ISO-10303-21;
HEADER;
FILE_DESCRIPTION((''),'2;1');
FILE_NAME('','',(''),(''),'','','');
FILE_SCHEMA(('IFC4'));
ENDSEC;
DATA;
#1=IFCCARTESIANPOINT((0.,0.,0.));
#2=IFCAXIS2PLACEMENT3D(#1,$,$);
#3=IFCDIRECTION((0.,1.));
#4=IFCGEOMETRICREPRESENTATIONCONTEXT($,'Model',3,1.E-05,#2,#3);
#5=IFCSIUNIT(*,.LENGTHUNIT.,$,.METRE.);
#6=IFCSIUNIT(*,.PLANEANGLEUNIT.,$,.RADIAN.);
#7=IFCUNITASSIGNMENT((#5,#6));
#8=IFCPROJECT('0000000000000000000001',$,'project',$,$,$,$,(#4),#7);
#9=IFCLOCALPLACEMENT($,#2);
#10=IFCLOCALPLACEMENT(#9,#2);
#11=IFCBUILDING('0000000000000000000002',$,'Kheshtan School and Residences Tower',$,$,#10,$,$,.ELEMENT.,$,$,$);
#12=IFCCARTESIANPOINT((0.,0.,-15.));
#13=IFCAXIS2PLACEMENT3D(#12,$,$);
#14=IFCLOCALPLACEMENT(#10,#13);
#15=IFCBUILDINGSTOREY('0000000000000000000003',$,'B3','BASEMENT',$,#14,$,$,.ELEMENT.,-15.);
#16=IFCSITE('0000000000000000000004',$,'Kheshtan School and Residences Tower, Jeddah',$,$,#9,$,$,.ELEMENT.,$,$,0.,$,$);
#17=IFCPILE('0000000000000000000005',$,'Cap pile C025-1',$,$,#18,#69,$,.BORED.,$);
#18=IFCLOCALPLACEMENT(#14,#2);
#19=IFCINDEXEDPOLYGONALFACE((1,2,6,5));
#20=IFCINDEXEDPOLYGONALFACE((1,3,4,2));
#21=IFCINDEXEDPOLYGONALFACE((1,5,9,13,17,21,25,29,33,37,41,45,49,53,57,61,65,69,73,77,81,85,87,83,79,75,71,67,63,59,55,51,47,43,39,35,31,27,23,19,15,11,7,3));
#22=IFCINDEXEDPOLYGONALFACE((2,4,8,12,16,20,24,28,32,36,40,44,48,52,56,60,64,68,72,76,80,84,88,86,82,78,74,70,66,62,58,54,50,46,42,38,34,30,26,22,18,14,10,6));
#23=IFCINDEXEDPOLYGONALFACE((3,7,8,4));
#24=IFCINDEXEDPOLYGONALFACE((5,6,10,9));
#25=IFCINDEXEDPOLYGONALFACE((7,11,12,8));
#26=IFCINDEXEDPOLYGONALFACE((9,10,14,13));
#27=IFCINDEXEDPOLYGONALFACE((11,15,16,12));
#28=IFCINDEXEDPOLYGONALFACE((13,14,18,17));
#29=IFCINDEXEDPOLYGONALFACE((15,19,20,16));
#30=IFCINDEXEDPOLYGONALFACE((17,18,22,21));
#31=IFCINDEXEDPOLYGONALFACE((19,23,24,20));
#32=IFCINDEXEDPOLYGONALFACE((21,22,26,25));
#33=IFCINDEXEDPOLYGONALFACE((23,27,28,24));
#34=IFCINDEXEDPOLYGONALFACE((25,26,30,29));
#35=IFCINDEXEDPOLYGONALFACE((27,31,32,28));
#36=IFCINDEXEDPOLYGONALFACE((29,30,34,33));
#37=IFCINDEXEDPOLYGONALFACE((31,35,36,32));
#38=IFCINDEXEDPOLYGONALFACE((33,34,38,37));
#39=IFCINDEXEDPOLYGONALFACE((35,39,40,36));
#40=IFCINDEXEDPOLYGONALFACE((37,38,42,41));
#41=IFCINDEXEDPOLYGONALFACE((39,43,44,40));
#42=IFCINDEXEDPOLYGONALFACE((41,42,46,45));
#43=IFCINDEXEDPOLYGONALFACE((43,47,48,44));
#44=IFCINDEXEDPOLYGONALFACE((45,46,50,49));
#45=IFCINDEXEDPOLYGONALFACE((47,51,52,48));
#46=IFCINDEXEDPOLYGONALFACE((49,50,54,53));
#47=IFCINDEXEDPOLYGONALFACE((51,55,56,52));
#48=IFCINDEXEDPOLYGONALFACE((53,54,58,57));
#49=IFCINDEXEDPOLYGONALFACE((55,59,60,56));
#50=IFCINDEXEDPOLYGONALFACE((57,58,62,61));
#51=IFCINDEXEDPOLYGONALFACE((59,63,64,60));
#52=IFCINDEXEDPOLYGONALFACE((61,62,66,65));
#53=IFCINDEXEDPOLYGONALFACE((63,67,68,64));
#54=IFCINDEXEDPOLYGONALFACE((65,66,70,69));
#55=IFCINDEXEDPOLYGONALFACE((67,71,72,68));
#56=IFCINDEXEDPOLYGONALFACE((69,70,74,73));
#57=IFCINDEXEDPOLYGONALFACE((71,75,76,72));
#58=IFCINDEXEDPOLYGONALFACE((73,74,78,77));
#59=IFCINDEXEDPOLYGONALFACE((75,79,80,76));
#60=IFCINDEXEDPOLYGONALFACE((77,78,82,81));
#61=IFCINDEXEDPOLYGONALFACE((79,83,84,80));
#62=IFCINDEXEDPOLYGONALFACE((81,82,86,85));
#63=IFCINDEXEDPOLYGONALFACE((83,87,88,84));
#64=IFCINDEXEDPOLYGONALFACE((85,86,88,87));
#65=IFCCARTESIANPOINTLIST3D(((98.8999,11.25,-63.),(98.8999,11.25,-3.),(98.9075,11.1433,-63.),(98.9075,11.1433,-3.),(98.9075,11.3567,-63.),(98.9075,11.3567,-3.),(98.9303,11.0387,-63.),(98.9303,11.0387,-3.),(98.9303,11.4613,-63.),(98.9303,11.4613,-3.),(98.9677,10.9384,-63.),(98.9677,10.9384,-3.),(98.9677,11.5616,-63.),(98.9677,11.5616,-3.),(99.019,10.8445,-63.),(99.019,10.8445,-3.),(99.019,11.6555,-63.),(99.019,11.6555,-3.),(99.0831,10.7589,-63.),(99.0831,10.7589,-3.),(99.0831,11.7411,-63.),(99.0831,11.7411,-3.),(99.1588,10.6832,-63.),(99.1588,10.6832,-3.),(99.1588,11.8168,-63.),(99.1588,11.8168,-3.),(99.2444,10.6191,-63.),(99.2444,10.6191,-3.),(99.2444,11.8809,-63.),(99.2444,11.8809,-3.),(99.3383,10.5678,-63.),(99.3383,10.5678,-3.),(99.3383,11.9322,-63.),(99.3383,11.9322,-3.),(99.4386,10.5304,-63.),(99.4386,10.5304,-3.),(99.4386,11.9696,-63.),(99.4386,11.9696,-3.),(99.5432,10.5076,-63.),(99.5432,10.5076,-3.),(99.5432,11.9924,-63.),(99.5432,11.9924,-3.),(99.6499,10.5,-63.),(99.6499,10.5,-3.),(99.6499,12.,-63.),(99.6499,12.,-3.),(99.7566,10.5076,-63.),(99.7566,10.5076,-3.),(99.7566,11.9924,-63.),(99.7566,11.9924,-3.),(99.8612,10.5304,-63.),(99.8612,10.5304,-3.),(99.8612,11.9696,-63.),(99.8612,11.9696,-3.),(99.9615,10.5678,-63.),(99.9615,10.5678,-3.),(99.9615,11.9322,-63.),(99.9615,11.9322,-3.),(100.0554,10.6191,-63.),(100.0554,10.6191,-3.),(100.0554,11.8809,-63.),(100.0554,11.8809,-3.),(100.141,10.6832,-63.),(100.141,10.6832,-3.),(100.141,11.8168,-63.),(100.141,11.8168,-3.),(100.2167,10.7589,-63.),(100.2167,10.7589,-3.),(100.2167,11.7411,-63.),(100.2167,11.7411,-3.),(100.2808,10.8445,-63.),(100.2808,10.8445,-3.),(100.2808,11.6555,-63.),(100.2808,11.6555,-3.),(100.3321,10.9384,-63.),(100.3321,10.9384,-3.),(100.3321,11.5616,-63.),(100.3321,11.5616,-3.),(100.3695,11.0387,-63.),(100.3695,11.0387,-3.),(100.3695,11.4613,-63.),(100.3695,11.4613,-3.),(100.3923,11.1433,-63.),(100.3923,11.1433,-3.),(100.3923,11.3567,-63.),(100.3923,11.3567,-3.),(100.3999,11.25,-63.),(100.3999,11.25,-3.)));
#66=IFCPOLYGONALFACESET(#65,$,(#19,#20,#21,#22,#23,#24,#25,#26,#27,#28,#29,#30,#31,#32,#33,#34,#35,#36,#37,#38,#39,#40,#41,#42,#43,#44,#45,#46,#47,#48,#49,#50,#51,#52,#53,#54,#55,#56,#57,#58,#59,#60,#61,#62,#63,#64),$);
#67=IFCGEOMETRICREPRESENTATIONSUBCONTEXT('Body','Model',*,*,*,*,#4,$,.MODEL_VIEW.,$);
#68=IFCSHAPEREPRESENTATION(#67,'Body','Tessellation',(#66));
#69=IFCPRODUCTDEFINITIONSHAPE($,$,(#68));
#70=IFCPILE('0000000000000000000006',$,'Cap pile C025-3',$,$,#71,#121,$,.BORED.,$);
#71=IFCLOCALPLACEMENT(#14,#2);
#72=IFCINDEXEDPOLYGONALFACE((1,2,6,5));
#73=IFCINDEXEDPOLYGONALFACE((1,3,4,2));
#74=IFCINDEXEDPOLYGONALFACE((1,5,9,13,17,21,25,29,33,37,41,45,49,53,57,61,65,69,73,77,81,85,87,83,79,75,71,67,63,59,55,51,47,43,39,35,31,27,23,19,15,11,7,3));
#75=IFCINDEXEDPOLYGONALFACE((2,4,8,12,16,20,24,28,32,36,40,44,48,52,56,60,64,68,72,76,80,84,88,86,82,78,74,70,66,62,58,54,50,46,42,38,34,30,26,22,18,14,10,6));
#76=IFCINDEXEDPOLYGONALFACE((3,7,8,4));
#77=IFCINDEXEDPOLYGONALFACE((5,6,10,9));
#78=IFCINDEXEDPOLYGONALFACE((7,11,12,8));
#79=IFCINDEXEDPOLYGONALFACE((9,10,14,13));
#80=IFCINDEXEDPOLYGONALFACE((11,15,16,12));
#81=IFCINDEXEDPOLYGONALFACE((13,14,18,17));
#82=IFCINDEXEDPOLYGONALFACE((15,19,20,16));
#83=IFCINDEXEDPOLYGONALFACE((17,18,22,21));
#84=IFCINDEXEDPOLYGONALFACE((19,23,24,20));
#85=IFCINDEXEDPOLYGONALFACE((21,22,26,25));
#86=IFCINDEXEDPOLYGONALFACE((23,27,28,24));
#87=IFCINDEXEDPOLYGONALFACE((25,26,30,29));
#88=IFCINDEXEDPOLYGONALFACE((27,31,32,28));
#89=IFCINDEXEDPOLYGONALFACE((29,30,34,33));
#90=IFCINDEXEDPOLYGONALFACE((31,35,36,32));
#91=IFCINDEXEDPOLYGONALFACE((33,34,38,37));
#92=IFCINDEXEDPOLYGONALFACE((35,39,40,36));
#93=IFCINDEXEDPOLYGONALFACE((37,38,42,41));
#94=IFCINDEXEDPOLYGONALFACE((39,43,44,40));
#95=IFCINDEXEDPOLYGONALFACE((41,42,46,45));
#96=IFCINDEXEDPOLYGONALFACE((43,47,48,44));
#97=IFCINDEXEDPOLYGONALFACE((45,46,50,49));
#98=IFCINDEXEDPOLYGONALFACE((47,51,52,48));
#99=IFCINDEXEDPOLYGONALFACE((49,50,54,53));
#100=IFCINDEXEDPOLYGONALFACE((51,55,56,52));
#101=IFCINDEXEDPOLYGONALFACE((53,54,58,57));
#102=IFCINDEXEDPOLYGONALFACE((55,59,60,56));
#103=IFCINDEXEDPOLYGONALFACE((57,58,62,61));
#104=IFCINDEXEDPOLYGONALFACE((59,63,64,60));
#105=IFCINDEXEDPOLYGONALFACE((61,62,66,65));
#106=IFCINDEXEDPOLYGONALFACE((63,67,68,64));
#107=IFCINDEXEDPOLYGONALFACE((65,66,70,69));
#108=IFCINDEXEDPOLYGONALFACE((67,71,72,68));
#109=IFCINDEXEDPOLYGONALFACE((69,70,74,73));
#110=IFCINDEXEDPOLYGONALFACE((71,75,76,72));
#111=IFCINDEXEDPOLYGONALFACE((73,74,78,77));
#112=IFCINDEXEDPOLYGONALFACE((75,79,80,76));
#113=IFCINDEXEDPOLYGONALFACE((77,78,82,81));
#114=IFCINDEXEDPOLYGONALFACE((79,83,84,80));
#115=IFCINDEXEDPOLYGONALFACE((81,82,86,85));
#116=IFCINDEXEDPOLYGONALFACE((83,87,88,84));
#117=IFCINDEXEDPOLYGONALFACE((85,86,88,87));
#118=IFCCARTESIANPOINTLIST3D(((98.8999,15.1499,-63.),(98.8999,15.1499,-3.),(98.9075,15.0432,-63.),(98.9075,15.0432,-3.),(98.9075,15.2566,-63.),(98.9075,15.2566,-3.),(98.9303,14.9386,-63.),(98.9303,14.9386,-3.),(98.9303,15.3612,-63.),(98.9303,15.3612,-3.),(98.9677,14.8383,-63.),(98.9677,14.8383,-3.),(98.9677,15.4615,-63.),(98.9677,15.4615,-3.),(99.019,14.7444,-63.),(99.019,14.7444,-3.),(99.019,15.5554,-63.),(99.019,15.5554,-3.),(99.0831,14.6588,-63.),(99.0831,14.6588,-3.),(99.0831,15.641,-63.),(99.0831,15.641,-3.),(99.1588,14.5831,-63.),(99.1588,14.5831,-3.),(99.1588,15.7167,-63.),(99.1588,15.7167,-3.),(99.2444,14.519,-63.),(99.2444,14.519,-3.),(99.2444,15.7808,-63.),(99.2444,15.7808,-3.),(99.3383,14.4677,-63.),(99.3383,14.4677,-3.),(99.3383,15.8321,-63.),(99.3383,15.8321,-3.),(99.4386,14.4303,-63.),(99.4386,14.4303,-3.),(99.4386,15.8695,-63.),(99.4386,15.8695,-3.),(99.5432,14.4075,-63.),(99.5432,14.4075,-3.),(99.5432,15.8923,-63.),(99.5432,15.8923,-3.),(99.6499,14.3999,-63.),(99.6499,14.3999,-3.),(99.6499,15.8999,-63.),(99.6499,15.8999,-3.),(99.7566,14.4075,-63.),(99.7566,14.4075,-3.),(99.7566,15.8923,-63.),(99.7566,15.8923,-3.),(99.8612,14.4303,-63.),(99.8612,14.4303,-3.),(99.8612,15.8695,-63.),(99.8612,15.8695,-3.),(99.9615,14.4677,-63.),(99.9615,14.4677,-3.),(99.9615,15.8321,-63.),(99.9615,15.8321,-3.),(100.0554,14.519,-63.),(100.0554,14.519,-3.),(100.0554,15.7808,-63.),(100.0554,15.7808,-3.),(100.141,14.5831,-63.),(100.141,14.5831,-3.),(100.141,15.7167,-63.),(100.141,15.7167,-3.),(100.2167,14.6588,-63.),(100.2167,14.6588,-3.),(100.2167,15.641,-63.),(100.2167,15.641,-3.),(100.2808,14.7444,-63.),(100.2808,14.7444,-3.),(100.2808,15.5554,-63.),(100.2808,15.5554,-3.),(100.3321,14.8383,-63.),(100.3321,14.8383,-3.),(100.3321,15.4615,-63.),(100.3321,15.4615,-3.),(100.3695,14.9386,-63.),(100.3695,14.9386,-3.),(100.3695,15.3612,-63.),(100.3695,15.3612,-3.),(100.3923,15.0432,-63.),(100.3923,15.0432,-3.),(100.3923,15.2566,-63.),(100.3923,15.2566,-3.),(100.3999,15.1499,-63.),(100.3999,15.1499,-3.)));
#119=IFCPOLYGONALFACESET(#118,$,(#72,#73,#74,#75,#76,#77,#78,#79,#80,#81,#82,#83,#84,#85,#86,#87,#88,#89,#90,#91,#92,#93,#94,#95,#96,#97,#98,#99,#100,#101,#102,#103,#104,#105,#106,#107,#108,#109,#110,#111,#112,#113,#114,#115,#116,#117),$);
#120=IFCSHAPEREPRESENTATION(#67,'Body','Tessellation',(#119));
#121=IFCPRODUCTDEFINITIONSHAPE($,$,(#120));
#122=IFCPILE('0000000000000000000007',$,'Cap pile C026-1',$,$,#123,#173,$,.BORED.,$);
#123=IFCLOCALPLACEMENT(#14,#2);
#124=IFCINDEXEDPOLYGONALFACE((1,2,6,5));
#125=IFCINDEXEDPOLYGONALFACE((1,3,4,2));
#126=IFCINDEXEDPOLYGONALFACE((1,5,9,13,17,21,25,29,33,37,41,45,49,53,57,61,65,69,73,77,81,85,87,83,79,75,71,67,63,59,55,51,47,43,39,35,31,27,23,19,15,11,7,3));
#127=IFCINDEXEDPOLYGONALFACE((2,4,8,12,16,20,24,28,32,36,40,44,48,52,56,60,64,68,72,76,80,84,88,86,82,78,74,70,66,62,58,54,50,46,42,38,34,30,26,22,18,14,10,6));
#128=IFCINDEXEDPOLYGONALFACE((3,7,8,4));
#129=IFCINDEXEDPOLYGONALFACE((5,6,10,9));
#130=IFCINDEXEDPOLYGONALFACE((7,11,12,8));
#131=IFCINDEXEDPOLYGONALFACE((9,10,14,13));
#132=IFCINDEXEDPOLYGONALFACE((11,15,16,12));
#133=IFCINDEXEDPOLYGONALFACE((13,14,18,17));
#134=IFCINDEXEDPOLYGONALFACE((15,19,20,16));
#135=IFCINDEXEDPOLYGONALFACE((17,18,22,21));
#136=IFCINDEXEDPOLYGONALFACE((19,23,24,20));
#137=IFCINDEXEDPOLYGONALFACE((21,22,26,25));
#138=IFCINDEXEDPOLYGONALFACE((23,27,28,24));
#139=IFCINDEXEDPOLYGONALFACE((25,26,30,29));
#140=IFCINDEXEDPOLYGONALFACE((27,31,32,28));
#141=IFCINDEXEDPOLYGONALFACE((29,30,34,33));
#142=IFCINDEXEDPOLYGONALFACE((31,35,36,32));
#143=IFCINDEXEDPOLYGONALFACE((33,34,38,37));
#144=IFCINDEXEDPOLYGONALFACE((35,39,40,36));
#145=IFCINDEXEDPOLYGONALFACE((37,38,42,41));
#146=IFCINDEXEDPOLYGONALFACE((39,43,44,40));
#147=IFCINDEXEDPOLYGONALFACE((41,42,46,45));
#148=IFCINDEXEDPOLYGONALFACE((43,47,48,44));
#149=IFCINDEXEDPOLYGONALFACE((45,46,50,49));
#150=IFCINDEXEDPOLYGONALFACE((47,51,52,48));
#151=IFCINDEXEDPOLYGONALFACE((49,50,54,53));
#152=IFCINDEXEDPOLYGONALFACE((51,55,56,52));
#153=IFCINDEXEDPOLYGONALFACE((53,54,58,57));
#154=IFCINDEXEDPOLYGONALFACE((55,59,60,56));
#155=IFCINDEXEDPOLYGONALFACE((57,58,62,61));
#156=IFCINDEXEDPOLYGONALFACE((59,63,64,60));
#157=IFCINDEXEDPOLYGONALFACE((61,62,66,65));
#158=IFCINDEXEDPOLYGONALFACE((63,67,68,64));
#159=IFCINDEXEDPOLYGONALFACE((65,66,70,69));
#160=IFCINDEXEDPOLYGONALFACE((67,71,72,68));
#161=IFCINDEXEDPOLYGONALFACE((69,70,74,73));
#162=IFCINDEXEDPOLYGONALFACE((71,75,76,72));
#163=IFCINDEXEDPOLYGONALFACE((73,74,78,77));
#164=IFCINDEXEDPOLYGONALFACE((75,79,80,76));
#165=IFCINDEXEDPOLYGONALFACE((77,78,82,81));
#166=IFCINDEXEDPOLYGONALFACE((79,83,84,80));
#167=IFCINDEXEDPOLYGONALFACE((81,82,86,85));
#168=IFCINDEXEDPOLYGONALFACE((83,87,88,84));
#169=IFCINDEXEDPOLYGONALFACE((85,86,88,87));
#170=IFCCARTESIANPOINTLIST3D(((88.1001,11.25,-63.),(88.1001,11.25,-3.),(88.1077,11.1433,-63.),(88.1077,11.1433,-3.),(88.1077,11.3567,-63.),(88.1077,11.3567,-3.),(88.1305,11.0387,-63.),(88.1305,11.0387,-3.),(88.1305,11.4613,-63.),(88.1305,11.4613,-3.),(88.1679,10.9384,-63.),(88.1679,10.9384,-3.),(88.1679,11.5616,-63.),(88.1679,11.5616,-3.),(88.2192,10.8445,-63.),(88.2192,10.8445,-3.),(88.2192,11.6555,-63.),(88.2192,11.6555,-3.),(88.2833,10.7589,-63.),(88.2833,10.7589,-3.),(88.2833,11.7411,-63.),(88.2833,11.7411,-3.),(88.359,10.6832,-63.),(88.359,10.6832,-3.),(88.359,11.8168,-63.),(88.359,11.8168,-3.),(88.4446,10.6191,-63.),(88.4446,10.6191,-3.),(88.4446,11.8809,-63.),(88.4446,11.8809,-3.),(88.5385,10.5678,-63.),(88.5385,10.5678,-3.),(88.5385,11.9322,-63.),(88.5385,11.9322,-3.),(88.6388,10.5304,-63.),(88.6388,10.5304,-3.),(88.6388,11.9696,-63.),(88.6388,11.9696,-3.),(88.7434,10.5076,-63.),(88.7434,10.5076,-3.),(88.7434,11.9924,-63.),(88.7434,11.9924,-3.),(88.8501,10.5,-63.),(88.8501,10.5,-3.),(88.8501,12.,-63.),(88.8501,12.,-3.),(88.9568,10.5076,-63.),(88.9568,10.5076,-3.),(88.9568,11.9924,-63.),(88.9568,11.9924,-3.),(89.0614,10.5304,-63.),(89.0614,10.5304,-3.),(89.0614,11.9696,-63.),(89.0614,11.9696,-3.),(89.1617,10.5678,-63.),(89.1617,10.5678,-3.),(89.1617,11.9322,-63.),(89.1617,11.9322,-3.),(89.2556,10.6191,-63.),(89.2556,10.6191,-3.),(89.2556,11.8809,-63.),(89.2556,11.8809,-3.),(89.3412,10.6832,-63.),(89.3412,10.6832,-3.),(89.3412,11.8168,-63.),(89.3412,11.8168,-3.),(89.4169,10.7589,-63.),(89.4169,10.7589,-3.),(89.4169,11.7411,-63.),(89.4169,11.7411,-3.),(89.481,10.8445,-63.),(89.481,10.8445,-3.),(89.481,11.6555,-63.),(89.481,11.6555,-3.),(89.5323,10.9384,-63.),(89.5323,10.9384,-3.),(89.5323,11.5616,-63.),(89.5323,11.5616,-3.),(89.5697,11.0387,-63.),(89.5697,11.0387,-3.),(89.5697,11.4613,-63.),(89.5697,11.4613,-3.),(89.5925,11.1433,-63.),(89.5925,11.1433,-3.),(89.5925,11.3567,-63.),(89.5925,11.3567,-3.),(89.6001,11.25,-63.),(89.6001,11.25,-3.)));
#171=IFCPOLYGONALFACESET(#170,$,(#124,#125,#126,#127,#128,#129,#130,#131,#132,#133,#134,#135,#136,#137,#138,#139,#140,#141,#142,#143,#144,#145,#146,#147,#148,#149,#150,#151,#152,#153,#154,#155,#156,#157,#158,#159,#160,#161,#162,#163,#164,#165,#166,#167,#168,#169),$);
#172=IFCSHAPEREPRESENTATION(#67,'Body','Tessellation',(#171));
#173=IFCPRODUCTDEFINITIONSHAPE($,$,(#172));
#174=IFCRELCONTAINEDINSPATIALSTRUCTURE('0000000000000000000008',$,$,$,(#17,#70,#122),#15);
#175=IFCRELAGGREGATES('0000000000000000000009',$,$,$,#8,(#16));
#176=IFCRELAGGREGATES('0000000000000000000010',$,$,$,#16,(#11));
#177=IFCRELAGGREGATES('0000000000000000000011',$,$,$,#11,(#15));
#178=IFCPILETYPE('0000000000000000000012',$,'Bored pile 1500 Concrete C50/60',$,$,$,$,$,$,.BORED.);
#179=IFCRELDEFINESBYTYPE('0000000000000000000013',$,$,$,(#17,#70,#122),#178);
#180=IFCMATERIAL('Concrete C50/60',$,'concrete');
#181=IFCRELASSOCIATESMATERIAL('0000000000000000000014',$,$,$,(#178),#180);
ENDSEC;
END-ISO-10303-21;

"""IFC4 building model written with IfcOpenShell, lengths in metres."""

from ifc_helpers import new_model, si_unit, direction, frame, origin, origin_2d, place, context, subcontext, project, spatial, circle, extrude, material, material_profile, profile_set, type_object, element, save


model = new_model("IFC4")

# Units and contexts
model_context = context("Model", 3, precision=1e-05, world=origin(), true_north=direction((0.0, 1.0)))
body_context = subcontext(model_context, "Body", "Model", "MODEL_VIEW")
ifc_project = project(units=[si_unit("LENGTHUNIT", "METRE"), si_unit("PLANEANGLEUNIT", "RADIAN")], contexts=[model_context])

# Site, building, storey
site_placement = place(None, origin())
site = spatial("IfcSite", under=ifc_project, at=site_placement, Name="Kheshtan School and Residences Tower, Jeddah", CompositionType="ELEMENT", RefElevation=0.0)
building_placement = place(site_placement, origin())
building = spatial("IfcBuilding", under=site, at=building_placement, Name="Kheshtan School and Residences Tower", CompositionType="ELEMENT")
storey_placement = place(building_placement, frame((0.0, 0.0, -15.0)))
storey = spatial("IfcBuildingStorey", under=building, at=storey_placement, Name="B3", Description="BASEMENT", CompositionType="ELEMENT", Elevation=-15.0)

# Piles
ifc_material_1 = material(Name="Concrete C50/60", Category="concrete")
ifc_material_profile_1 = material_profile(ifc_material_1, circle(Radius=0.75, at=origin_2d()), Name="BP 1500")
ifc_profile_set_1 = profile_set([ifc_material_profile_1], Name="Concrete C50/60")
pile_type_1 = type_object("IfcPileType", Name="Bored pile 1500 Concrete C50/60", PredefinedType="BORED", material=ifc_profile_set_1)
for number, where, z_axis, x_axis, name in (
    (1, (99.6499, 11.25, -3.0), (0.0, 0.0, -1.0), (1.0, 0.0, 0.0), "Cap pile C025-1"),
    (2, (99.6499, 15.1499, -3.0), (0.0, 0.0, -1.0), (1.0, 0.0, 0.0), "Cap pile C025-3"),
    (3, (88.8501, 11.25, -3.0), (0.0, 0.0, -1.0), (1.0, 0.0, 0.0), "Cap pile C026-1"),
):
    element("IfcPile", number, at=place(storey_placement, frame(where, z_axis=z_axis, x_axis=x_axis)), inside=storey, type_object=pile_type_1, Name=name, PredefinedType="BORED", context=body_context, shape_type="SweptSolid", body=[
        extrude(circle(Radius=0.75, at=origin_2d()), origin(), (0.0, 0.0, 1.0), 60.0),
    ])

save(model, "model.ifc")
